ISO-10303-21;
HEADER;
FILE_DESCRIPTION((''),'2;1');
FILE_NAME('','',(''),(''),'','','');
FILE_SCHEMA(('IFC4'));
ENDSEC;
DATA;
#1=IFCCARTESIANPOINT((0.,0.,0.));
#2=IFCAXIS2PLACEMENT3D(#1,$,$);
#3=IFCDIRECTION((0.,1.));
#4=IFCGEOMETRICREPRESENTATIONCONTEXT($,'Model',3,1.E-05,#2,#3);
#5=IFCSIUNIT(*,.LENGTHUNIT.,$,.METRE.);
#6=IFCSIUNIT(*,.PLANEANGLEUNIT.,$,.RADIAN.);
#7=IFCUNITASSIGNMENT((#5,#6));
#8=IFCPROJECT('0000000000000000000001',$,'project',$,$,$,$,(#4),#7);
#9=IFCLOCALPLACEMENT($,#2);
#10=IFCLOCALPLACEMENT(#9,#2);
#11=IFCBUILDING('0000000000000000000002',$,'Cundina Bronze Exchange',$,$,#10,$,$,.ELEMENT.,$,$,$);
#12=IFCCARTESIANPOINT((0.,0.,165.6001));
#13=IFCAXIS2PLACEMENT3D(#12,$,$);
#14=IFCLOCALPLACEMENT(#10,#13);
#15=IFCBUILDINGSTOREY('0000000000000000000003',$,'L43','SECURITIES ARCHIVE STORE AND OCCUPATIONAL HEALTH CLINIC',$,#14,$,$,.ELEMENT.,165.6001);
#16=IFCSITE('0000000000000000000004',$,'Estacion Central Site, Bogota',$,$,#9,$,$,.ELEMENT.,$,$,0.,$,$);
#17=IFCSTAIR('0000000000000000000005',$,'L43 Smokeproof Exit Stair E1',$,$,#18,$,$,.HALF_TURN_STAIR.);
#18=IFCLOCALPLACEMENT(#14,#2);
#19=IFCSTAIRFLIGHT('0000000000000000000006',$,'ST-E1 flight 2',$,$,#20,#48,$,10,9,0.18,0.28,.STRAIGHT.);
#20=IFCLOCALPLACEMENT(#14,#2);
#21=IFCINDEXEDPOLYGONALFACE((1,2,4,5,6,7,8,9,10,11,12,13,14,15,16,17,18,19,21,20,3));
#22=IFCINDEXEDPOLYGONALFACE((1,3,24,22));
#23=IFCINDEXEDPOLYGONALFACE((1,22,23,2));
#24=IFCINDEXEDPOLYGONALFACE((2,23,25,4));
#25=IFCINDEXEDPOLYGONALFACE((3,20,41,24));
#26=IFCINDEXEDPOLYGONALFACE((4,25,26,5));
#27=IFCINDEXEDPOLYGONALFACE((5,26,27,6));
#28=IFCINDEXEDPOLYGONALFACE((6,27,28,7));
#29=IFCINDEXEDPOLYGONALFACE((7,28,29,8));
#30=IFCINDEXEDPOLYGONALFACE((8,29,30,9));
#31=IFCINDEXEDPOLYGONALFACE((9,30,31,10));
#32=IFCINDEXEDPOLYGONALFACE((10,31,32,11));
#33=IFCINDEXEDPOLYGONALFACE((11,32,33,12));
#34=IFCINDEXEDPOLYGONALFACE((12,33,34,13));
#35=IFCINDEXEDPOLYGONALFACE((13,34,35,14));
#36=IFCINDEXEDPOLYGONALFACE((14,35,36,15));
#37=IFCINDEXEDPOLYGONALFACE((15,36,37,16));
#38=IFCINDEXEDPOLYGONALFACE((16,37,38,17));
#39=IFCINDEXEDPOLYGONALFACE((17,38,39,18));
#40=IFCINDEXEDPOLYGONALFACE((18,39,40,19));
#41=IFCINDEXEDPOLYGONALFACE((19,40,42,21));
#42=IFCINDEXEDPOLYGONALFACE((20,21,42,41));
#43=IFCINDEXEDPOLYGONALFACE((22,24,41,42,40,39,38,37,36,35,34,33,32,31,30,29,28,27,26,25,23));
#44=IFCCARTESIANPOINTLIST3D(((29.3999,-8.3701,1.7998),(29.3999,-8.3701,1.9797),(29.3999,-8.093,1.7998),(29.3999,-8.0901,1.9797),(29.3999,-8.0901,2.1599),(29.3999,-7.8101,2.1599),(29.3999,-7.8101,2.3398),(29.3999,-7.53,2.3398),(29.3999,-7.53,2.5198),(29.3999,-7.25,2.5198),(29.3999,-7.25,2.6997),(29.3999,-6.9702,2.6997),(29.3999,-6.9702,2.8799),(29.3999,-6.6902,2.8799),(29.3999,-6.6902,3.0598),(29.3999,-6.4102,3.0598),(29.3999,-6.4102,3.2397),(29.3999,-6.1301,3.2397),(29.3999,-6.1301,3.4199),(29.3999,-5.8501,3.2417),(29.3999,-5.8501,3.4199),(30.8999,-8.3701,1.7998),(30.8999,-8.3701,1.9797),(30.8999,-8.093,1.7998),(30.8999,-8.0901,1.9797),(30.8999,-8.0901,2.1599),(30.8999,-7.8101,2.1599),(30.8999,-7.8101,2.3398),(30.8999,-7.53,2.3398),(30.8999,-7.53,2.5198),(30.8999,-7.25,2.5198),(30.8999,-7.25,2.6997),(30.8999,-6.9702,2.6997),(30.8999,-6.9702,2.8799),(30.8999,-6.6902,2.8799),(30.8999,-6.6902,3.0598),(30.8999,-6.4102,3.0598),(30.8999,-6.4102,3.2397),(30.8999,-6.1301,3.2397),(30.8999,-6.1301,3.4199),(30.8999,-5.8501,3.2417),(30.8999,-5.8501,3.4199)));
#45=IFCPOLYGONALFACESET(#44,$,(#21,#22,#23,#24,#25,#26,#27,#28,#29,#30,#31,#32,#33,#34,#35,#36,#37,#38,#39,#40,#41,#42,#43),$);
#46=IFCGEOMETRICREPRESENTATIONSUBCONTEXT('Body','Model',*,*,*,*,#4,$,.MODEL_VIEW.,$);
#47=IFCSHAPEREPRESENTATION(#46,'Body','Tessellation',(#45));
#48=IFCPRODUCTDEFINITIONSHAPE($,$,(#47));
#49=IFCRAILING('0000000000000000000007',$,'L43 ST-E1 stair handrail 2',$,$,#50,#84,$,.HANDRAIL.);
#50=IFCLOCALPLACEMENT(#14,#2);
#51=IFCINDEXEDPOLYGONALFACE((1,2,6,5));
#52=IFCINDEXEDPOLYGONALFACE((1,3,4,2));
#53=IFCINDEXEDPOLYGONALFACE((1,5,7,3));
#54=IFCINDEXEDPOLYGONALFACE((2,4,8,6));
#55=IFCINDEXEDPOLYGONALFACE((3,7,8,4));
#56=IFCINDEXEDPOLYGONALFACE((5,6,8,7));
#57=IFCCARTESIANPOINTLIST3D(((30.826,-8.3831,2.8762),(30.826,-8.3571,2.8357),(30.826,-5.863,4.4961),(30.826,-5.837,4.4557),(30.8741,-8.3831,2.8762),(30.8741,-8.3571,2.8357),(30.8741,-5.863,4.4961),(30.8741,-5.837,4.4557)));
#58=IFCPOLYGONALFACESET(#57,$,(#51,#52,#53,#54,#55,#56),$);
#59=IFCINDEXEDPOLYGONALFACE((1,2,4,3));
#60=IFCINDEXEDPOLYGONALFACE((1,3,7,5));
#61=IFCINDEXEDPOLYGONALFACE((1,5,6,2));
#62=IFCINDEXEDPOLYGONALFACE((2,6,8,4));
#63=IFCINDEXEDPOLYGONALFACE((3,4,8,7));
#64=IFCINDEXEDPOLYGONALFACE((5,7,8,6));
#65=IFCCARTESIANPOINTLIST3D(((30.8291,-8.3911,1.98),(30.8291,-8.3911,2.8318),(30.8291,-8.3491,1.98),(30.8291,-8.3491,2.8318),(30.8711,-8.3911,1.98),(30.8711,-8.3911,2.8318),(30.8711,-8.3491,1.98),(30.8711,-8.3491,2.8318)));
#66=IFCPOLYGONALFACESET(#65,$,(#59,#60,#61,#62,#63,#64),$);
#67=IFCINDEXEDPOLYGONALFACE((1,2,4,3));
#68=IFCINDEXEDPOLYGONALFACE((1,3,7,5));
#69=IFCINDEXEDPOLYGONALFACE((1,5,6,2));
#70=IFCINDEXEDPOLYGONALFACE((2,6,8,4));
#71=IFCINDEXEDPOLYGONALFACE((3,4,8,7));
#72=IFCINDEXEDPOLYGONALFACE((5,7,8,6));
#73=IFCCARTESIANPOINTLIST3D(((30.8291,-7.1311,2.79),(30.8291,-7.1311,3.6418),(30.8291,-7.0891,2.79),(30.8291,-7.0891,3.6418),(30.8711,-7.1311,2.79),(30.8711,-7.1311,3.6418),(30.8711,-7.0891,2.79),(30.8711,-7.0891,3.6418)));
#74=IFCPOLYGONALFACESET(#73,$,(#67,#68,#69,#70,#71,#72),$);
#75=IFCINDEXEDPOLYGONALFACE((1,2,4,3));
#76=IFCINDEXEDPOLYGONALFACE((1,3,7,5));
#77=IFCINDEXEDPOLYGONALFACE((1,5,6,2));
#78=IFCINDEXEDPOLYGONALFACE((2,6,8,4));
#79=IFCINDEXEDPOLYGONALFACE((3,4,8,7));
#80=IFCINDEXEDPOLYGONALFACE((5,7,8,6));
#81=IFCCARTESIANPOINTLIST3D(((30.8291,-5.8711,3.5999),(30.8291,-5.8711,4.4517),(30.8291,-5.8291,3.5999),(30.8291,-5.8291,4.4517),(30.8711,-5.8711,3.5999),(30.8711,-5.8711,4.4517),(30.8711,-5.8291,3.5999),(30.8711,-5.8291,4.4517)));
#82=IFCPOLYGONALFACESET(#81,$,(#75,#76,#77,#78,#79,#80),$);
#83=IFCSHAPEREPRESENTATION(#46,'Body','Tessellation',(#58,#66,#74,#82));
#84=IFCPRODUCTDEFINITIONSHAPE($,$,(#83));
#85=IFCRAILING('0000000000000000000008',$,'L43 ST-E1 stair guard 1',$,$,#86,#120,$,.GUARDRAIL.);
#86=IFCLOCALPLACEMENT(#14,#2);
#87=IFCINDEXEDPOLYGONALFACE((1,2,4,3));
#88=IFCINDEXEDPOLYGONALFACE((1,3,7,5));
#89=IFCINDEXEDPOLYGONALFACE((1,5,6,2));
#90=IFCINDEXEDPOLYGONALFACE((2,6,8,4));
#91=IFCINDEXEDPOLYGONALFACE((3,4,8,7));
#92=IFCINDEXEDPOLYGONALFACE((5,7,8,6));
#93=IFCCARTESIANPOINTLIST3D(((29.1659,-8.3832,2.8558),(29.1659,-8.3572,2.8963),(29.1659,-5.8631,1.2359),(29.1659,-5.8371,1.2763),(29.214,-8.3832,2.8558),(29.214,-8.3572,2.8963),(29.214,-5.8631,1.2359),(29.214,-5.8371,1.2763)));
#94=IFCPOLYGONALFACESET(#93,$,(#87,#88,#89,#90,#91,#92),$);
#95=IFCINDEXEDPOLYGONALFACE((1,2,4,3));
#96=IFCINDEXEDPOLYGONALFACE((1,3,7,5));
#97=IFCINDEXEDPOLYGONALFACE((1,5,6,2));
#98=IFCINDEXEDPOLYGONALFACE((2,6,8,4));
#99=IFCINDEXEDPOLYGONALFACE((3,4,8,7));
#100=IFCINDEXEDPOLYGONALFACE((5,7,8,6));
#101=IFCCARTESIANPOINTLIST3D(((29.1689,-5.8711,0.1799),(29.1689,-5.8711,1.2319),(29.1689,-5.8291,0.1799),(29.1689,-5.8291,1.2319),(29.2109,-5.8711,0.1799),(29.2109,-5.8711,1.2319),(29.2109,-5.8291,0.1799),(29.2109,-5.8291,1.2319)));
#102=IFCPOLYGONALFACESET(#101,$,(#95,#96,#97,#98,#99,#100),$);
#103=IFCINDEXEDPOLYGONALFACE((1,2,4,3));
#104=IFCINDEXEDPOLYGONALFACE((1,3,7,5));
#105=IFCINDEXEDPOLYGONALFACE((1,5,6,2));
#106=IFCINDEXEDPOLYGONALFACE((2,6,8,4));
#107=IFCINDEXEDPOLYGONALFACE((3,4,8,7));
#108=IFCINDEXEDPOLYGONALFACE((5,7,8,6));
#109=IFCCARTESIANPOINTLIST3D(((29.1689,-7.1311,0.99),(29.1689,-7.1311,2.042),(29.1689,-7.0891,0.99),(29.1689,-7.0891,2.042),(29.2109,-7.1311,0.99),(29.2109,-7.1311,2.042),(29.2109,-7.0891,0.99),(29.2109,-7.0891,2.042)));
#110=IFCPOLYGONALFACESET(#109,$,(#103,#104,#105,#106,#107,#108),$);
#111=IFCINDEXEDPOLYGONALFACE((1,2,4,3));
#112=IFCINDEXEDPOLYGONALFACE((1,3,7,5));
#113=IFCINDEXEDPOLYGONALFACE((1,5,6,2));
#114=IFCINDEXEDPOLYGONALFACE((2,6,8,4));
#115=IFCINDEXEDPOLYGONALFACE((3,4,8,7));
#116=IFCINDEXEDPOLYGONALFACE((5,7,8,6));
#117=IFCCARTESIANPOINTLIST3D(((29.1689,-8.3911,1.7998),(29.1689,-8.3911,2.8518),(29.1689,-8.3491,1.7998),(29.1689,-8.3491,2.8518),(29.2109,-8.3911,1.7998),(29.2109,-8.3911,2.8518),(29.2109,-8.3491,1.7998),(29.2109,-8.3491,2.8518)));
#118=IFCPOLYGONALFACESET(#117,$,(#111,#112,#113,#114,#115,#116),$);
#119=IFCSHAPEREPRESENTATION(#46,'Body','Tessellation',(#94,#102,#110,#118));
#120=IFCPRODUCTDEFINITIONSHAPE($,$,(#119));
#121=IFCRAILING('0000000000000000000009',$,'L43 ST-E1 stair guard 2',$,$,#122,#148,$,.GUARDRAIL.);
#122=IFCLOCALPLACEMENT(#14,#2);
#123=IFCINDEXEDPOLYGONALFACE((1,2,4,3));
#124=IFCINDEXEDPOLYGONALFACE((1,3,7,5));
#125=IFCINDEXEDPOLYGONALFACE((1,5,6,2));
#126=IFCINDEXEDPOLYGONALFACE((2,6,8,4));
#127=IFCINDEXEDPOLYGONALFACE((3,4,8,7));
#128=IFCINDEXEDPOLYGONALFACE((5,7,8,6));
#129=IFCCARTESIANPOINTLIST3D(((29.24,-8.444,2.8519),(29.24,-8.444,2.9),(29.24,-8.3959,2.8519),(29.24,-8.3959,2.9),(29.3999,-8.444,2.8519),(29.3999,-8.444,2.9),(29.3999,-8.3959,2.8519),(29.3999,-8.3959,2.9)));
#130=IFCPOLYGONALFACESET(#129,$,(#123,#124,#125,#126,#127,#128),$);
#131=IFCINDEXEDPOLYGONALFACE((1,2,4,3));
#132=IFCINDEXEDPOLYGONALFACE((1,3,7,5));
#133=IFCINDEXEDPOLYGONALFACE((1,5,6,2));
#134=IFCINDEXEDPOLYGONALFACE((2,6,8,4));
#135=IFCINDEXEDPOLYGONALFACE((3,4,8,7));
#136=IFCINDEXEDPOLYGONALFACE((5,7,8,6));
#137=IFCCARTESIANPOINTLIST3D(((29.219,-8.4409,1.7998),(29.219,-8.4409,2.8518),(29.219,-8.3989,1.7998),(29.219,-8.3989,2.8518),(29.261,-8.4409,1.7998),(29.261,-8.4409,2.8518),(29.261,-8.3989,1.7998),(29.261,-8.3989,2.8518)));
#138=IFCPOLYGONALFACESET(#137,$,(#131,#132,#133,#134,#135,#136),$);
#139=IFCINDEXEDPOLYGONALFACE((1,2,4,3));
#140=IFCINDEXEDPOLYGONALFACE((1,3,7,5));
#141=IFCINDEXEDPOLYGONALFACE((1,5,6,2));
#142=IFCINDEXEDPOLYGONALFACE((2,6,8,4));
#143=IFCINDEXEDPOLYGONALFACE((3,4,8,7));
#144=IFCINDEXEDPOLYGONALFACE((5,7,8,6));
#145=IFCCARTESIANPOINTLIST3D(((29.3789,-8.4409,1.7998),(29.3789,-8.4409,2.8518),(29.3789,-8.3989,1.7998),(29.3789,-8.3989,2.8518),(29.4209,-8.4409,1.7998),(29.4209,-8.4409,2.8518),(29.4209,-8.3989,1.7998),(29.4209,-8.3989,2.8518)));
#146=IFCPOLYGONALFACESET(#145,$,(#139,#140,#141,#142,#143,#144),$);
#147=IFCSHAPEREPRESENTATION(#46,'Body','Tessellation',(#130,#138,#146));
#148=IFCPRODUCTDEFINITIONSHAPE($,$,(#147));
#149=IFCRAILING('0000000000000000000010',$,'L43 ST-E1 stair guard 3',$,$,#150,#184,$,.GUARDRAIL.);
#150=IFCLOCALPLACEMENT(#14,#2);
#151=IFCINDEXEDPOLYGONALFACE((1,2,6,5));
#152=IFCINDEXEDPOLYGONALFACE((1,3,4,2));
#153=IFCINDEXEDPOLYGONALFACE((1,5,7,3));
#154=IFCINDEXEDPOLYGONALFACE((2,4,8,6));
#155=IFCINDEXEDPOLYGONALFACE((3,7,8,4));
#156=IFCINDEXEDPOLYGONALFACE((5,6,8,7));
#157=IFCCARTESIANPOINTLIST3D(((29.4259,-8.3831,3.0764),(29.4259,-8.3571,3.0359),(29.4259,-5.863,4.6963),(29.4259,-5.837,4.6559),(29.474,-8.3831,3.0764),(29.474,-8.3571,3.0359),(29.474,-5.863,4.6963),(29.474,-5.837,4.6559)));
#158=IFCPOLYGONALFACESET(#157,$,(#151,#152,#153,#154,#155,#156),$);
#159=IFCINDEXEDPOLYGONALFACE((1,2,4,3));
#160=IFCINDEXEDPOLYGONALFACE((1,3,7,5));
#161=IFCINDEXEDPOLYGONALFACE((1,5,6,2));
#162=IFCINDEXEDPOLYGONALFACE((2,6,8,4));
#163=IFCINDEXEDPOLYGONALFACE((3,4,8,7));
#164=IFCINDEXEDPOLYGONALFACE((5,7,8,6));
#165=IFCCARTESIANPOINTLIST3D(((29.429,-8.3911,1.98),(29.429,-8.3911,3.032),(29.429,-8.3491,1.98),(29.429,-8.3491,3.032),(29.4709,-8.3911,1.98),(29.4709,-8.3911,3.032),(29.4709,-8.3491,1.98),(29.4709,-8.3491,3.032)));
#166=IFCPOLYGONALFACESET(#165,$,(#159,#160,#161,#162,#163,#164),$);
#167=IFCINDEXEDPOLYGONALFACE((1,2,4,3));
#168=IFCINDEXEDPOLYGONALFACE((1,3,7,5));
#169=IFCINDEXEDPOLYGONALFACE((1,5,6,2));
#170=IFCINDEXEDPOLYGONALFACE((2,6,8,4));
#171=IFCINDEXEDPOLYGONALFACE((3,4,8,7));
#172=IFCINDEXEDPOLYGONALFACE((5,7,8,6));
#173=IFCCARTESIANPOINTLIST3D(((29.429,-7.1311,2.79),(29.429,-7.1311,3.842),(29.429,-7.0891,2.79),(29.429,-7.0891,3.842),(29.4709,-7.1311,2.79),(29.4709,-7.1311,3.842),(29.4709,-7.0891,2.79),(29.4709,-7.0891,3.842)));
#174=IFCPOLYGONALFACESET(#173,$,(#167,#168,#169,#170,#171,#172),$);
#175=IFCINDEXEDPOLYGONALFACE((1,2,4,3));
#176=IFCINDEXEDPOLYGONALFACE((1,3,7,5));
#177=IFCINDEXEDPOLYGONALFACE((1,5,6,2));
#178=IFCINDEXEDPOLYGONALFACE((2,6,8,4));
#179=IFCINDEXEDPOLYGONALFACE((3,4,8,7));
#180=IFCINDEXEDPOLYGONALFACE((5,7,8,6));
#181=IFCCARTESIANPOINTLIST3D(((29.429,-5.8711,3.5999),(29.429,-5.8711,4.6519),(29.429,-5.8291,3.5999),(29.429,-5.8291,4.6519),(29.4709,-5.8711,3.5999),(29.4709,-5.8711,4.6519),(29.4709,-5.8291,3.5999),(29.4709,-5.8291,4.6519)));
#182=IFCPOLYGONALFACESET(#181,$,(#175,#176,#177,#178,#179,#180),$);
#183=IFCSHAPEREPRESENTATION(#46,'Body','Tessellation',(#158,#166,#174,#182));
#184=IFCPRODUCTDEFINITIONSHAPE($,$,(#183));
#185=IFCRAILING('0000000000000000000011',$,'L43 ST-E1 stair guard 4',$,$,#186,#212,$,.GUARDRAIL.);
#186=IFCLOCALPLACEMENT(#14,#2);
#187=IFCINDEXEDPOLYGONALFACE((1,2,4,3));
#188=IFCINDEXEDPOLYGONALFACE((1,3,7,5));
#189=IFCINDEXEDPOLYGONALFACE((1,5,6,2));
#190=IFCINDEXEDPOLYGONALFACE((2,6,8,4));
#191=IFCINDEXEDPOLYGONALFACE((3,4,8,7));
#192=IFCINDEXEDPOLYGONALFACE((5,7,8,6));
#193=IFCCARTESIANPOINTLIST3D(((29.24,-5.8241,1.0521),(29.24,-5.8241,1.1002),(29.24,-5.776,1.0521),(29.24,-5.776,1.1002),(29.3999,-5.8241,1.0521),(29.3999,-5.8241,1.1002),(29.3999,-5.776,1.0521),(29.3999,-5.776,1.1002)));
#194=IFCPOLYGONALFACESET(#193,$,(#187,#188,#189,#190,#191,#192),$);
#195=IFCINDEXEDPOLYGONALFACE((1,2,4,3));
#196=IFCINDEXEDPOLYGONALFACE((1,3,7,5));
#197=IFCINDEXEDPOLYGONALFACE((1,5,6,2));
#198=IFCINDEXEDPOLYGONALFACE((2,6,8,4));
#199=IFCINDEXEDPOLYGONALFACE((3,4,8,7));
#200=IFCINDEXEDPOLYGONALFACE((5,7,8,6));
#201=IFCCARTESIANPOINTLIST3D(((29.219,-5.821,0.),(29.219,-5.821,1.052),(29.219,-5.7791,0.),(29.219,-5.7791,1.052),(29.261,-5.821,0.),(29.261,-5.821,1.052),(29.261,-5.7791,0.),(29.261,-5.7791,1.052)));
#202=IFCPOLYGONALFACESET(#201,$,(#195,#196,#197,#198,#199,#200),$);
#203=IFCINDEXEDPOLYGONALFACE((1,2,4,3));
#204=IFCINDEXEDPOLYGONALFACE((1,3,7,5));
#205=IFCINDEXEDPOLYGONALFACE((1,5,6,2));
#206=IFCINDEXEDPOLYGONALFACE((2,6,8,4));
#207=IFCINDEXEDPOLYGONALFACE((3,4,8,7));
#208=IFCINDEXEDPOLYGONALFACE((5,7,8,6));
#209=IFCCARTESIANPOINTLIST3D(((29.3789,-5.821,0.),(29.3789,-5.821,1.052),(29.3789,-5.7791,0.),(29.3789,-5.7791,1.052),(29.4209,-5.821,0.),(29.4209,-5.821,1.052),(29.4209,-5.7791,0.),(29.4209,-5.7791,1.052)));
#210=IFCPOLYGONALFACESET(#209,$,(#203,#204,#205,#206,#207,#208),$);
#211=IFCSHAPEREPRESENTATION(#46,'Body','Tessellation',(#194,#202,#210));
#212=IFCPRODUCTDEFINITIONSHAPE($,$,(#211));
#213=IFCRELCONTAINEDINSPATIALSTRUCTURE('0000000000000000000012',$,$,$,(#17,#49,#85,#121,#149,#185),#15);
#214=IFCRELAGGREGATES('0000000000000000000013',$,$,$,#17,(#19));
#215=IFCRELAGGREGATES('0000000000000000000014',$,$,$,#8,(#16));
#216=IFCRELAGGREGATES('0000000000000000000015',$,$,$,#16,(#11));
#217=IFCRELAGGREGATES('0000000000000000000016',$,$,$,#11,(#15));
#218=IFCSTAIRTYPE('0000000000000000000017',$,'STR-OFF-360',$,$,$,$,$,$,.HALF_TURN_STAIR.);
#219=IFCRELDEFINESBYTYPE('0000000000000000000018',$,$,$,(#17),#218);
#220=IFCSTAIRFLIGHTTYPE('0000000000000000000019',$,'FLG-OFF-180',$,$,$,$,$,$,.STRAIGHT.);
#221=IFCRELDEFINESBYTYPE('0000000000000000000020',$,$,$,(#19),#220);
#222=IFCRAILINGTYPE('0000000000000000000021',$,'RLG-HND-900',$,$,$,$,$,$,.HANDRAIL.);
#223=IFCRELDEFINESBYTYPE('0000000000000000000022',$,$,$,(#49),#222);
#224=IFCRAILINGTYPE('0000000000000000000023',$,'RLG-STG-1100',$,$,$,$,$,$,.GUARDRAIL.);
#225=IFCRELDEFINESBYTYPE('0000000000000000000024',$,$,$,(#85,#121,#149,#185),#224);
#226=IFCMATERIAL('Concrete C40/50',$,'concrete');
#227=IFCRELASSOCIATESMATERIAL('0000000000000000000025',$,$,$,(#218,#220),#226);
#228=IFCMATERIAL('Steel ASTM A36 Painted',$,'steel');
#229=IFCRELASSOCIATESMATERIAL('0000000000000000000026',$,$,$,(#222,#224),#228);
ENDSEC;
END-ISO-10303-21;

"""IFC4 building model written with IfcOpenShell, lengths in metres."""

from ifc_helpers import new_model, si_unit, direction, frame, origin, origin_2d, place, context, subcontext, project, spatial, polyline, rectangle, outline, extrude, material, type_object, element, aggregate, save


model = new_model("IFC4")

# Units and contexts
model_context = context("Model", 3, precision=1e-05, world=origin(), true_north=direction((0.0, 1.0)))
body_context = subcontext(model_context, "Body", "Model", "MODEL_VIEW")
ifc_project = project(units=[si_unit("LENGTHUNIT", "METRE"), si_unit("PLANEANGLEUNIT", "RADIAN")], contexts=[model_context])

# Site, building, storey
site_placement = place(None, origin())
site = spatial("IfcSite", under=ifc_project, at=site_placement, Name="Estacion Central Site, Bogota", CompositionType="ELEMENT", RefElevation=0.0)
building_placement = place(site_placement, origin())
building = spatial("IfcBuilding", under=site, at=building_placement, Name="Cundina Bronze Exchange", CompositionType="ELEMENT")
storey_placement = place(building_placement, frame((0.0, 0.0, 165.6001)))
storey = spatial("IfcBuildingStorey", under=building, at=storey_placement, Name="L43", Description="SECURITIES ARCHIVE STORE AND OCCUPATIONAL HEALTH CLINIC", CompositionType="ELEMENT", Elevation=165.6001)

# Stair, stair flight
ifc_material_1 = material(Name="Concrete C40/50", Category="concrete")
stair_type = type_object("IfcStairType", Name="STR-OFF-360", PredefinedType="HALF_TURN_STAIR", material=ifc_material_1)
stair_placement = place(storey_placement, origin())
stair = element("IfcStair", 1, at=stair_placement, inside=storey, type_object=stair_type, Name="L43 Smokeproof Exit Stair E1", PredefinedType="HALF_TURN_STAIR")
stair_flight_type = type_object("IfcStairFlightType", Name="FLG-OFF-180", PredefinedType="STRAIGHT", material=ifc_material_1)
stair_flight_placement = place(storey_placement, frame((30.1499, -8.3701, 1.7998), z_axis=(0.0, 0.0, 1.0), x_axis=(0.0, 1.0, 0.0)))
stair_flight = element("IfcStairFlight", 2, at=stair_flight_placement, type_object=stair_flight_type, Name="ST-E1 flight 2", NumberOfRisers=10, NumberOfTreads=9, PredefinedType="STRAIGHT", RiserHeight=0.18, TreadLength=0.28, context=body_context, shape_type="SweptSolid", body=[
    extrude(outline(polyline([(0.0, 0.0), (0.0, 0.1799), (0.28, 0.1799), (0.28, 0.3601), (0.5601, 0.3601), (0.5601, 0.54), (0.8401, 0.54), (0.8401, 0.72), (1.1201, 0.72), (1.1201, 0.8999), (1.3999, 0.8999), (1.3999, 1.0801), (1.6799, 1.0801), (1.6799, 1.26), (1.96, 1.26), (1.96, 1.4399), (2.24, 1.4399), (2.24, 1.6201), (2.52, 1.6201), (2.52, 1.8), (2.52, 1.4419), (0.2771, 0.0), (0.0, 0.0)])), frame((0.0, 0.75, 0.0), z_axis=(0.0, -1.0, 0.0), x_axis=(1.0, 0.0, 0.0)), (0.0, 0.0, 1.0), 1.5),
])
aggregate(stair, [stair_flight])

# Railings
ifc_material_2 = material(Name="Steel ASTM A36 Painted", Category="steel")
railing_type_1 = type_object("IfcRailingType", Name="RLG-HND-900", PredefinedType="HANDRAIL", material=ifc_material_2)
railing_1_placement = place(storey_placement, frame((30.8501, -8.3701, 1.98)))
element("IfcRailing", 3, at=railing_1_placement, inside=storey, type_object=railing_type_1, Name="L43 ST-E1 stair handrail 2", PredefinedType="HANDRAIL", context=body_context, shape_type="SweptSolid", body=[
    extrude(rectangle(XDim=0.0481, YDim=0.0481, at=origin_2d()), frame((0.0, 0.0, 0.876), z_axis=(0.0, 0.8412, 0.540725), x_axis=(-1.0, 0.0, 0.0)), (0.0, 0.0, 1.0), 2.9958),
    extrude(rectangle(XDim=0.042, YDim=0.042, at=origin_2d()), origin(), (0.0, 0.0, 1.0), 0.8518),
    extrude(rectangle(XDim=0.042, YDim=0.042, at=origin_2d()), frame((0.0, 1.26, 0.8101)), (0.0, 0.0, 1.0), 0.8518),
    extrude(rectangle(XDim=0.042, YDim=0.042, at=origin_2d()), frame((0.0, 2.52, 1.6199)), (0.0, 0.0, 1.0), 0.8518),
])
railing_type_2 = type_object("IfcRailingType", Name="RLG-STG-1100", PredefinedType="GUARDRAIL", material=ifc_material_2)
railing_2_placement = place(storey_placement, frame((29.1899, -5.8501, 0.1799)))
element("IfcRailing", 4, at=railing_2_placement, inside=storey, type_object=railing_type_2, Name="L43 ST-E1 stair guard 1", PredefinedType="GUARDRAIL", context=body_context, shape_type="SweptSolid", body=[
    extrude(rectangle(XDim=0.0481, YDim=0.0481, at=origin_2d()), frame((0.0, 0.0, 1.0762), z_axis=(0.0, -0.8412, 0.540725), x_axis=(1.0, 0.0, 0.0)), (0.0, 0.0, 1.0), 2.9958),
    extrude(rectangle(XDim=0.042, YDim=0.042, at=origin_2d()), origin(), (0.0, 0.0, 1.0), 1.052),
    extrude(rectangle(XDim=0.042, YDim=0.042, at=origin_2d()), frame((0.0, -1.26, 0.8101)), (0.0, 0.0, 1.0), 1.052),
    extrude(rectangle(XDim=0.042, YDim=0.042, at=origin_2d()), frame((0.0, -2.52, 1.6199)), (0.0, 0.0, 1.0), 1.052),
])
railing_3_placement = place(storey_placement, frame((29.24, -8.4199, 1.7998)))
element("IfcRailing", 5, at=railing_3_placement, inside=storey, type_object=railing_type_2, Name="L43 ST-E1 stair guard 2", PredefinedType="GUARDRAIL", context=body_context, shape_type="SweptSolid", body=[
    extrude(rectangle(XDim=0.0481, YDim=0.0481, at=origin_2d()), frame((0.0, 0.0, 1.0762), z_axis=(1.0, 0.0, 0.0), x_axis=(0.0, 1.0, 0.0)), (0.0, 0.0, 1.0), 0.1599),
    extrude(rectangle(XDim=0.042, YDim=0.042, at=origin_2d()), origin(), (0.0, 0.0, 1.0), 1.052),
    extrude(rectangle(XDim=0.042, YDim=0.042, at=origin_2d()), frame((0.1599, 0.0, 0.0)), (0.0, 0.0, 1.0), 1.052),
])
railing_4_placement = place(storey_placement, frame((29.45, -8.3701, 1.98)))
element("IfcRailing", 6, at=railing_4_placement, inside=storey, type_object=railing_type_2, Name="L43 ST-E1 stair guard 3", PredefinedType="GUARDRAIL", context=body_context, shape_type="SweptSolid", body=[
    extrude(rectangle(XDim=0.0481, YDim=0.0481, at=origin_2d()), frame((0.0, 0.0, 1.0762), z_axis=(0.0, 0.8412, 0.540725), x_axis=(-1.0, 0.0, 0.0)), (0.0, 0.0, 1.0), 2.9958),
    extrude(rectangle(XDim=0.042, YDim=0.042, at=origin_2d()), origin(), (0.0, 0.0, 1.0), 1.052),
    extrude(rectangle(XDim=0.042, YDim=0.042, at=origin_2d()), frame((0.0, 1.26, 0.8101)), (0.0, 0.0, 1.0), 1.052),
    extrude(rectangle(XDim=0.042, YDim=0.042, at=origin_2d()), frame((0.0, 2.52, 1.6199)), (0.0, 0.0, 1.0), 1.052),
])
railing_5_placement = place(storey_placement, frame((29.24, -5.8, 0.0)))
element("IfcRailing", 7, at=railing_5_placement, inside=storey, type_object=railing_type_2, Name="L43 ST-E1 stair guard 4", PredefinedType="GUARDRAIL", context=body_context, shape_type="SweptSolid", body=[
    extrude(rectangle(XDim=0.0481, YDim=0.0481, at=origin_2d()), frame((0.0, 0.0, 1.0762), z_axis=(1.0, 0.0, 0.0), x_axis=(0.0, 1.0, 0.0)), (0.0, 0.0, 1.0), 0.1599),
    extrude(rectangle(XDim=0.042, YDim=0.042, at=origin_2d()), origin(), (0.0, 0.0, 1.0), 1.052),
    extrude(rectangle(XDim=0.042, YDim=0.042, at=origin_2d()), frame((0.1599, 0.0, 0.0)), (0.0, 0.0, 1.0), 1.052),
])

save(model, "model.ifc")
